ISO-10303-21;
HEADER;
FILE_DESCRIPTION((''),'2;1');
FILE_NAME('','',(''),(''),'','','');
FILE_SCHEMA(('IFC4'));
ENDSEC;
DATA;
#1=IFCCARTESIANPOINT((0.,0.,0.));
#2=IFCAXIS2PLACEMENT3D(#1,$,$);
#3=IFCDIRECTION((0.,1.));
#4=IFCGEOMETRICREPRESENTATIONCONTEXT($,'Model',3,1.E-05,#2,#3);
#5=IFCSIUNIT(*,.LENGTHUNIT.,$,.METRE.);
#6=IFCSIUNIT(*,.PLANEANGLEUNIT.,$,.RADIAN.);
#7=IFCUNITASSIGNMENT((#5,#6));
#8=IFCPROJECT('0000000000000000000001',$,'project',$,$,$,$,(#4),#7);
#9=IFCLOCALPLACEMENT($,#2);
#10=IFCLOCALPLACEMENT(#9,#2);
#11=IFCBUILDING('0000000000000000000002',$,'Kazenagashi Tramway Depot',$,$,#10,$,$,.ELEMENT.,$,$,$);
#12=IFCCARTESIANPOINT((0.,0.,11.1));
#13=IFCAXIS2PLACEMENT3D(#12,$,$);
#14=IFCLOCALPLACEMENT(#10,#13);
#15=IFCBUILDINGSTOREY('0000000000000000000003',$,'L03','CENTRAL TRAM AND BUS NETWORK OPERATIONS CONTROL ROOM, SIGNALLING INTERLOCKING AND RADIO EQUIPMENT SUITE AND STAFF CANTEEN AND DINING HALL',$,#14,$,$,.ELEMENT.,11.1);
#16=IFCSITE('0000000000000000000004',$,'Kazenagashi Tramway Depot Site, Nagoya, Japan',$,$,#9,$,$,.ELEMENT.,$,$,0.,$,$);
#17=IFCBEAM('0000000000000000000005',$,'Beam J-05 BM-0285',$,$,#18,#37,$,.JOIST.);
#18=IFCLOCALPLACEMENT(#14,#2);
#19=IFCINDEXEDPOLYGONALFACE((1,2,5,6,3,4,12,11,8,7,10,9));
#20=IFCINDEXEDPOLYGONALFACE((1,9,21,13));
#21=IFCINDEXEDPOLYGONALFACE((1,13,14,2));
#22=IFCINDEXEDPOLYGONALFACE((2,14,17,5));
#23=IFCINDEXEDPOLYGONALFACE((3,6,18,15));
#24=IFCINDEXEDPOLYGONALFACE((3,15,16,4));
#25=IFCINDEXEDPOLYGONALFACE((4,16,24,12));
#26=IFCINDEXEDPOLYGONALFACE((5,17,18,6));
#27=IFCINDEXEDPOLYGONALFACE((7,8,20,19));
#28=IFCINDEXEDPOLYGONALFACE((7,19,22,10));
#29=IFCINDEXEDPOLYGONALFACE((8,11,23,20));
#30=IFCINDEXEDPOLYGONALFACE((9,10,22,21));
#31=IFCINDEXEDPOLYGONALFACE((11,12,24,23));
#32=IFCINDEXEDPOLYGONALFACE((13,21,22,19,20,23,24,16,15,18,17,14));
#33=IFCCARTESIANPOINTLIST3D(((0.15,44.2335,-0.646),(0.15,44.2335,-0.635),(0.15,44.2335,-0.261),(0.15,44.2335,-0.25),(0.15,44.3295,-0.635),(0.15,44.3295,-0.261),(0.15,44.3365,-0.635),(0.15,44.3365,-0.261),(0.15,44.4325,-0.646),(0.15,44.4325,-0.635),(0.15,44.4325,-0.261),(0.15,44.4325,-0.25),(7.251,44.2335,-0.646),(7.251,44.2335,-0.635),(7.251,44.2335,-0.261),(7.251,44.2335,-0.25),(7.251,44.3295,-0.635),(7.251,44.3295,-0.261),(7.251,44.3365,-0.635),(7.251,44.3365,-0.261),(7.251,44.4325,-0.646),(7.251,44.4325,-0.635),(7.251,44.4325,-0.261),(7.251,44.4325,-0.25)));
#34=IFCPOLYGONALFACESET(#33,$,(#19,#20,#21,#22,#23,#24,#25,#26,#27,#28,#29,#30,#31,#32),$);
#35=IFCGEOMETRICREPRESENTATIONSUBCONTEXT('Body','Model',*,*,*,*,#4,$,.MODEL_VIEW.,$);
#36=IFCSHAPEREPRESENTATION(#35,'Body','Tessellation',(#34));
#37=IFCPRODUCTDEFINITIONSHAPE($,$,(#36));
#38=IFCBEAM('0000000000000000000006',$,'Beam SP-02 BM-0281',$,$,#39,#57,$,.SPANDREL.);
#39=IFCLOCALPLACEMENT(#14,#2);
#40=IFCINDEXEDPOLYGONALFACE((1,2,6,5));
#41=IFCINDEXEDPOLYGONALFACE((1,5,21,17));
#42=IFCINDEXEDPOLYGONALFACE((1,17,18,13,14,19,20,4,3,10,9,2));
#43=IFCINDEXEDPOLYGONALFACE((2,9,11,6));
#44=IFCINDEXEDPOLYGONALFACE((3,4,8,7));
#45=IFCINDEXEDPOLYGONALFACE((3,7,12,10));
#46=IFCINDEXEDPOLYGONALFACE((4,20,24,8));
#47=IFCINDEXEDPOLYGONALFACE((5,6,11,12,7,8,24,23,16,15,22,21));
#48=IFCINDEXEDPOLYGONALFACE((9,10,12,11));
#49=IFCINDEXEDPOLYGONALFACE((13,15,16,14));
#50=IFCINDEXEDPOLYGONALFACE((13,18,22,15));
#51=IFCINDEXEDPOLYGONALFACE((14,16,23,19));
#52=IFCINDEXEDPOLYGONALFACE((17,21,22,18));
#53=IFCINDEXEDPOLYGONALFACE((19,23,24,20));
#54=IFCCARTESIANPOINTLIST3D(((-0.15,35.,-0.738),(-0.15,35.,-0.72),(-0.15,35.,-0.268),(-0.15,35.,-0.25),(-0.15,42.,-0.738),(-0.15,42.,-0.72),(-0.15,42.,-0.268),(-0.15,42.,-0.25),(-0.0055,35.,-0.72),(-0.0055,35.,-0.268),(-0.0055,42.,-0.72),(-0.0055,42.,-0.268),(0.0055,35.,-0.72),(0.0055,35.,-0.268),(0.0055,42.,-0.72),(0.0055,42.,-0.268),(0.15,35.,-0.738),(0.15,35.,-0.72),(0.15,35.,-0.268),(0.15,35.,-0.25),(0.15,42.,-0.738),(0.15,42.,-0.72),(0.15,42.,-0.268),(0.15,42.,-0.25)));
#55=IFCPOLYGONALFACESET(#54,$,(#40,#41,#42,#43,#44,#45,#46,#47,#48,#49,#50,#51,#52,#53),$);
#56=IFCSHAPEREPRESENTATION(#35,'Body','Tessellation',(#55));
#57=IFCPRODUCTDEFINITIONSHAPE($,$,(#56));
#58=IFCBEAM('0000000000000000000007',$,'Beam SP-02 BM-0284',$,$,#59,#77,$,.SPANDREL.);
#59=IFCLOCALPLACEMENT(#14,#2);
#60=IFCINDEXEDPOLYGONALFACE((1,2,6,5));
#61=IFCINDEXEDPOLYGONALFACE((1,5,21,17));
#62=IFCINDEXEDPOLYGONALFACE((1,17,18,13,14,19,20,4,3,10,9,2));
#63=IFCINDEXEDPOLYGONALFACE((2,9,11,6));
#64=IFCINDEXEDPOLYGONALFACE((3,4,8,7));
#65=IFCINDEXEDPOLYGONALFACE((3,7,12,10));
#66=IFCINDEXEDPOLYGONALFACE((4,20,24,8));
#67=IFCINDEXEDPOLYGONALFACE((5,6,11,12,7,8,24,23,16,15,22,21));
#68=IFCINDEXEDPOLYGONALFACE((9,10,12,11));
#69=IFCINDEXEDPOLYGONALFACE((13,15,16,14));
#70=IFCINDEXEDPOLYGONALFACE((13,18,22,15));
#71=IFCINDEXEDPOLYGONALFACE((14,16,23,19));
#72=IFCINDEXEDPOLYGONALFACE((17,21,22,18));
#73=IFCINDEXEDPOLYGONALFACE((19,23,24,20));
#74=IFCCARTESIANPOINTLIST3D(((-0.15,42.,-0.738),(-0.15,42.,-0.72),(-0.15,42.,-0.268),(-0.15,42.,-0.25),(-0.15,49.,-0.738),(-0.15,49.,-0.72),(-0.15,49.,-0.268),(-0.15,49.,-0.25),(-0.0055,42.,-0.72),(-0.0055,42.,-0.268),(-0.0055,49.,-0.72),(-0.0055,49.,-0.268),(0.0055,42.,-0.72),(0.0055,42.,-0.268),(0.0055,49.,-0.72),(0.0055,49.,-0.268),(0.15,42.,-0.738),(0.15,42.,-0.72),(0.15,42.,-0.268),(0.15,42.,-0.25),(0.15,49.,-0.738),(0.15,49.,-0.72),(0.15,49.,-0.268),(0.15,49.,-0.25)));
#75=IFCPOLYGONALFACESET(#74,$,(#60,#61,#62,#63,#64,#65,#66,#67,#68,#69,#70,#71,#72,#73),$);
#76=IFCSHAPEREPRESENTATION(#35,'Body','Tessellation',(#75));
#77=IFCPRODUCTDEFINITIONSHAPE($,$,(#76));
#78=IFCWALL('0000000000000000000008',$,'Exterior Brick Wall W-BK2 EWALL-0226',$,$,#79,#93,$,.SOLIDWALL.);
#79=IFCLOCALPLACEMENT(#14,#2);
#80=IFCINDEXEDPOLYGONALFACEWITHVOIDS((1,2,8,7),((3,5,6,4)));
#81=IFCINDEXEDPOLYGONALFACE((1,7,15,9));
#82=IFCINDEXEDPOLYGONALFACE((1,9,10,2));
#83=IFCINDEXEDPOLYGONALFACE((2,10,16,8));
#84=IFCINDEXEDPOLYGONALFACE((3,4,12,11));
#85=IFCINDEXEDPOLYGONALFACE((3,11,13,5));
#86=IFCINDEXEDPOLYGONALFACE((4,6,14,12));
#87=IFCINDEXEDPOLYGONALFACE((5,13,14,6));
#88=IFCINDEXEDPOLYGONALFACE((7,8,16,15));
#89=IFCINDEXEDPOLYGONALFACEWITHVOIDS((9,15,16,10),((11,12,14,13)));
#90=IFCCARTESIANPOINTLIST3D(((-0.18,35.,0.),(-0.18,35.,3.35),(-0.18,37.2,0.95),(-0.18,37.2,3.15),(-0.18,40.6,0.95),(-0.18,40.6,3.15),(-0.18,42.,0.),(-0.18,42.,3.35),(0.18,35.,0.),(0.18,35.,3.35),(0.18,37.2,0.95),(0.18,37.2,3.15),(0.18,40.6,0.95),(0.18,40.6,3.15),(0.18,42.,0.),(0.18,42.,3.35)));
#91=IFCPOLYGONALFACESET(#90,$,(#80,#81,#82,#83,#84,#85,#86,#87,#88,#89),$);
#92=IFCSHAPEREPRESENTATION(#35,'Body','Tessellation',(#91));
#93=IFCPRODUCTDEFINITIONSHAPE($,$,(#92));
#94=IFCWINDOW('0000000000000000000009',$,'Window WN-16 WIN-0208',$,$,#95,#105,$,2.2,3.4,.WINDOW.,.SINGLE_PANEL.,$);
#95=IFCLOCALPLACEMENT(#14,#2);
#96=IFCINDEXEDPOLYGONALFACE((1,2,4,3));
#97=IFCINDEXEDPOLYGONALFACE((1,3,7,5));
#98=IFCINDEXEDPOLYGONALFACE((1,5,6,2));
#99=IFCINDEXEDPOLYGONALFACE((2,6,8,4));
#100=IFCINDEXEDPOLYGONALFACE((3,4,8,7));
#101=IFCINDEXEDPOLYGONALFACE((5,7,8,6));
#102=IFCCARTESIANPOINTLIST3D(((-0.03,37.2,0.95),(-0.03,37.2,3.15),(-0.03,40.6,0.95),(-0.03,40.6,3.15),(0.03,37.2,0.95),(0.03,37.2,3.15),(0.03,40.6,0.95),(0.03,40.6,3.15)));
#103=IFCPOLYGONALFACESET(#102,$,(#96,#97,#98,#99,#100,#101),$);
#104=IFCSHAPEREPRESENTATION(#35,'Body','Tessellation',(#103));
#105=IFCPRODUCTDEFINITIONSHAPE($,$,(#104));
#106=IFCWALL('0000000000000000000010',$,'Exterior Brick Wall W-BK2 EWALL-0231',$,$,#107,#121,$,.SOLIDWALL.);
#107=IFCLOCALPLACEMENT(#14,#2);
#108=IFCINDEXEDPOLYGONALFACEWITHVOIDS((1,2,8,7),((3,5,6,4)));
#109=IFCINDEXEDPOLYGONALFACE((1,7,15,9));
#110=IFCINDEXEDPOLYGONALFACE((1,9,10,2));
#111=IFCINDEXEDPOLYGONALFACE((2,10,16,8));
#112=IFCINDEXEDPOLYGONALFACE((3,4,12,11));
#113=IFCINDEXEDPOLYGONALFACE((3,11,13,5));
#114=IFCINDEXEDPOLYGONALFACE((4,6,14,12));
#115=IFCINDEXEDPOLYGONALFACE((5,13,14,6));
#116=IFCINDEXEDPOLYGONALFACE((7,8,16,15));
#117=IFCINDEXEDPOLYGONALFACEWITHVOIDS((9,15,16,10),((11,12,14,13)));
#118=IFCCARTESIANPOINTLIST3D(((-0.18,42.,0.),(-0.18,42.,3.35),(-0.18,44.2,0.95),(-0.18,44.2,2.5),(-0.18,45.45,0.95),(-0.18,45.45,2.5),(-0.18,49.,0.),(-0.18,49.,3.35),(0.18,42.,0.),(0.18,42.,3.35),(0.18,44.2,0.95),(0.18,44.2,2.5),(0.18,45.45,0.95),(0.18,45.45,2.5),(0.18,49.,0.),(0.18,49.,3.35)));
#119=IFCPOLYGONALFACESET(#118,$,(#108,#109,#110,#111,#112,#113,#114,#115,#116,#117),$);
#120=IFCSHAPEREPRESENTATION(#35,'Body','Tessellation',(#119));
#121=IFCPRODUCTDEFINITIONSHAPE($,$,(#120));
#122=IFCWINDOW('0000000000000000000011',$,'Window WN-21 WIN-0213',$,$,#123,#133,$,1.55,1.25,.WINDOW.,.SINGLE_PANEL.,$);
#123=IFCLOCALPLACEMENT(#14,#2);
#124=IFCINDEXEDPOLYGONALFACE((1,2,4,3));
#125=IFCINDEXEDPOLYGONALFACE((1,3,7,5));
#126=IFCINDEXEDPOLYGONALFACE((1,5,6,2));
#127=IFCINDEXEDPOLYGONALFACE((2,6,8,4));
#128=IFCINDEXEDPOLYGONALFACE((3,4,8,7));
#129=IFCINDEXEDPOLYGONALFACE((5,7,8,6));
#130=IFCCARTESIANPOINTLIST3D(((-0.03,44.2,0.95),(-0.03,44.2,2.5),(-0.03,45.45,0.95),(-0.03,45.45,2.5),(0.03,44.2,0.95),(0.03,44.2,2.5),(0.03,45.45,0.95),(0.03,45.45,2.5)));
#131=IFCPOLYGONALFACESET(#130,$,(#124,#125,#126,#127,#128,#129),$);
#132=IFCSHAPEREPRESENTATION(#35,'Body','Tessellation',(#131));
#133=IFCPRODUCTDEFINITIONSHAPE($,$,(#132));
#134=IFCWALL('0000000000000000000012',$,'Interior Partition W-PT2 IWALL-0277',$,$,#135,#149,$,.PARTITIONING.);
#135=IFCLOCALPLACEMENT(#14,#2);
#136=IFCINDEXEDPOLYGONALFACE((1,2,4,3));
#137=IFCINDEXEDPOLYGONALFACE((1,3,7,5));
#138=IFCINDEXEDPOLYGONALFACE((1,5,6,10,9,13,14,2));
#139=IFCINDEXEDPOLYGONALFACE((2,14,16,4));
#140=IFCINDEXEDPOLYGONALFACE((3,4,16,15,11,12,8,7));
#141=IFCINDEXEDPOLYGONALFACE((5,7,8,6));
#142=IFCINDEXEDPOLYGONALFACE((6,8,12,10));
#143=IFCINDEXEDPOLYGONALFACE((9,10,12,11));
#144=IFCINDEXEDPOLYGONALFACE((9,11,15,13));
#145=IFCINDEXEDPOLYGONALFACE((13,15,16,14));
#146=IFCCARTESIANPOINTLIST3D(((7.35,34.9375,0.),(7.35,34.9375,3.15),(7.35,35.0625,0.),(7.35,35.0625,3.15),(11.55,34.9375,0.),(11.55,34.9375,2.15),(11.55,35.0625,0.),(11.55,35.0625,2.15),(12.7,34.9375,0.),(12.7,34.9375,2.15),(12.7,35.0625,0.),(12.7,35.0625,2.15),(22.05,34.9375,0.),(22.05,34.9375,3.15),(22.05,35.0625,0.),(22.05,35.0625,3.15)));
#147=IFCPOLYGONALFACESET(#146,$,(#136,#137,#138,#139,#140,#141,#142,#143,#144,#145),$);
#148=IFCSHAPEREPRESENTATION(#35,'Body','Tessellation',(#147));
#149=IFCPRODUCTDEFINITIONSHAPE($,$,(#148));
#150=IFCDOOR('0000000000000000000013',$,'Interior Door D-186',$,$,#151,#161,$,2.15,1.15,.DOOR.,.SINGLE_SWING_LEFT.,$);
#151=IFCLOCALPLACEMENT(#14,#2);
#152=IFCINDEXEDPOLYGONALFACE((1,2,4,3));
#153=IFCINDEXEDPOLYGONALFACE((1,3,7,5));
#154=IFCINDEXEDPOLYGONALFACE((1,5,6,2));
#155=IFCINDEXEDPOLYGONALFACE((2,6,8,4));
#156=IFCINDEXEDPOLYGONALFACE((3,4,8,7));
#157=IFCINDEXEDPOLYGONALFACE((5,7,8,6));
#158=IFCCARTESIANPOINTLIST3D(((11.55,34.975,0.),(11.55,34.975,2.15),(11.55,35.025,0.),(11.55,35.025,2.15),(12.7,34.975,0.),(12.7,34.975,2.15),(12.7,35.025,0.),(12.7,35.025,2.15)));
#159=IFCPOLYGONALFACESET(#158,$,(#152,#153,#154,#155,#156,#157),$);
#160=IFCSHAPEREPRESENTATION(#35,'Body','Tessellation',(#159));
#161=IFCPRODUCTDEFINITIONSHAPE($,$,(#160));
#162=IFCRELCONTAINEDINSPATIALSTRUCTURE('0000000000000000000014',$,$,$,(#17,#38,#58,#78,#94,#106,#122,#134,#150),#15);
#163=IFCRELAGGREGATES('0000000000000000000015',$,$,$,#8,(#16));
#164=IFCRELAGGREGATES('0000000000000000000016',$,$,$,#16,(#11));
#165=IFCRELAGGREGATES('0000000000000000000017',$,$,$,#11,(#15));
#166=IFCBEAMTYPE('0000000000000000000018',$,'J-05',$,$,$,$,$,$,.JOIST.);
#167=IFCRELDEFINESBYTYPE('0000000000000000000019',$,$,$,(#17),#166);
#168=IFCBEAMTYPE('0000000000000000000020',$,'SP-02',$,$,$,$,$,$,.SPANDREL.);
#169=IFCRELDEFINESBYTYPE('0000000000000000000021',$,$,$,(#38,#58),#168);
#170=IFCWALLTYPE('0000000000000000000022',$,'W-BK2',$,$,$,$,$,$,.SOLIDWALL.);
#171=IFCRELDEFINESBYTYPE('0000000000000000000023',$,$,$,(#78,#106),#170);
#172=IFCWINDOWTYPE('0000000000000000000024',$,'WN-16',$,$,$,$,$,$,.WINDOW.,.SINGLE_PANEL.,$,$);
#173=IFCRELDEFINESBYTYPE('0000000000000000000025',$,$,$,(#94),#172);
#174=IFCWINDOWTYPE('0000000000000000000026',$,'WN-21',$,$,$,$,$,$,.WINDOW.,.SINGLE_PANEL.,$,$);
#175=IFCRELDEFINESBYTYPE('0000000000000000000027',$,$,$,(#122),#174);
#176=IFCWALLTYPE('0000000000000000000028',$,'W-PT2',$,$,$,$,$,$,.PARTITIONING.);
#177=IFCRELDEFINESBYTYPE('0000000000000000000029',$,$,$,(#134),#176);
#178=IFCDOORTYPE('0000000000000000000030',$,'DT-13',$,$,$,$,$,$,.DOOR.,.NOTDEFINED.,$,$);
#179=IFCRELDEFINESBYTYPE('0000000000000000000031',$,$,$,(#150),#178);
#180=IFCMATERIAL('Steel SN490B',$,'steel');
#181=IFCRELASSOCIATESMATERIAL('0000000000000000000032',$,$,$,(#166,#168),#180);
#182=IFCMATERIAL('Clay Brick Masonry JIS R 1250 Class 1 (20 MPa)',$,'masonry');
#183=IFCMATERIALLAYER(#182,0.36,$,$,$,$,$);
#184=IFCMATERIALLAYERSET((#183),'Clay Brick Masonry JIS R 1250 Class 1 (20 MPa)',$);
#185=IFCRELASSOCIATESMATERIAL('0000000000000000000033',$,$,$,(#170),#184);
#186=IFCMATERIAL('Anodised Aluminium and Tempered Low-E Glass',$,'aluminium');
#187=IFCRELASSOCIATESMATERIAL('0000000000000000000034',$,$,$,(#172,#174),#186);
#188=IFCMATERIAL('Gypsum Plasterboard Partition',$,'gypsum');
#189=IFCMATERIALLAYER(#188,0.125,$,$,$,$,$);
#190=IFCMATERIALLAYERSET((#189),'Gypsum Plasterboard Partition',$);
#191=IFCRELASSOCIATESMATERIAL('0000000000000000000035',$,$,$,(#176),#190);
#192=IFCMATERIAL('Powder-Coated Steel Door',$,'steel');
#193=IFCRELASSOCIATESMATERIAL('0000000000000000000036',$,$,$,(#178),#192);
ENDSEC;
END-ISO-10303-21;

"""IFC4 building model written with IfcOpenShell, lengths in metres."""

from ifc_helpers import new_model, si_unit, direction, frame, frame_2d, origin, origin_2d, place, context, subcontext, project, spatial, rectangle, i_section, extrude, material, layer, layer_set, material_profile, profile_set, type_object, element, fill, save


model = new_model("IFC4")

# Units and contexts
model_context = context("Model", 3, precision=1e-05, world=origin(), true_north=direction((0.0, 1.0)))
body_context = subcontext(model_context, "Body", "Model", "MODEL_VIEW")
ifc_project = project(units=[si_unit("LENGTHUNIT", "METRE"), si_unit("PLANEANGLEUNIT", "RADIAN")], contexts=[model_context])

# Site, building, storey
site_placement = place(None, origin())
site = spatial("IfcSite", under=ifc_project, at=site_placement, Name="Kazenagashi Tramway Depot Site, Nagoya, Japan", CompositionType="ELEMENT", RefElevation=0.0)
building_placement = place(site_placement, origin())
building = spatial("IfcBuilding", under=site, at=building_placement, Name="Kazenagashi Tramway Depot", CompositionType="ELEMENT")
storey_placement = place(building_placement, frame((0.0, 0.0, 11.1)))
storey = spatial("IfcBuildingStorey", under=building, at=storey_placement, Name="L03", Description="CENTRAL TRAM AND BUS NETWORK OPERATIONS CONTROL ROOM, SIGNALLING INTERLOCKING AND RADIO EQUIPMENT SUITE AND STAFF CANTEEN AND DINING HALL", CompositionType="ELEMENT", Elevation=11.1)

# Shared definitions
ifc_material_1 = material(Name="Steel SN490B", Category="steel")

# Beams
ifc_material_profile_1 = material_profile(ifc_material_1, i_section(OverallWidth=0.199, OverallDepth=0.396, WebThickness=0.007, FlangeThickness=0.011, at=origin_2d()), Name="H-396x199x7x11")
ifc_profile_set_1 = profile_set([ifc_material_profile_1], Name="Steel SN490B")
beam_type_1 = type_object("IfcBeamType", Name="J-05", PredefinedType="JOIST", material=ifc_profile_set_1)
for number, where, z_axis, x_axis, name in (
    (1, (0.15, 44.333, -0.448), (1.0, 0.0, 0.0), (0.0, 1.0, 0.0), "Beam J-05 BM-0285"),
):
    element("IfcBeam", number, at=place(storey_placement, frame(where, z_axis=z_axis, x_axis=x_axis)), inside=storey, type_object=beam_type_1, Name=name, PredefinedType="JOIST", context=body_context, shape_type="SweptSolid", body=[
        extrude(i_section(OverallWidth=0.199, OverallDepth=0.396, WebThickness=0.007, FlangeThickness=0.011, at=origin_2d()), origin(), (0.0, 0.0, 1.0), 7.101),
    ])
ifc_material_profile_2 = material_profile(ifc_material_1, i_section(OverallWidth=0.3, OverallDepth=0.488, WebThickness=0.011, FlangeThickness=0.018, at=origin_2d()), Name="H-488x300x11x18")
ifc_profile_set_2 = profile_set([ifc_material_profile_2], Name="Steel SN490B")
beam_type_2 = type_object("IfcBeamType", Name="SP-02", PredefinedType="SPANDREL", material=ifc_profile_set_2)
for number, where, z_axis, x_axis, name in (
    (2, (0.0, 35.0, -0.494), (0.0, 1.0, 0.0), (-1.0, 0.0, 0.0), "Beam SP-02 BM-0281"),
    (3, (0.0, 42.0, -0.494), (0.0, 1.0, 0.0), (-1.0, 0.0, 0.0), "Beam SP-02 BM-0284"),
):
    element("IfcBeam", number, at=place(storey_placement, frame(where, z_axis=z_axis, x_axis=x_axis)), inside=storey, type_object=beam_type_2, Name=name, PredefinedType="SPANDREL", context=body_context, shape_type="SweptSolid", body=[
        extrude(i_section(OverallWidth=0.3, OverallDepth=0.488, WebThickness=0.011, FlangeThickness=0.018, at=origin_2d()), origin(), (0.0, 0.0, 1.0), 7.0),
    ])

# Walls, openings, windows
ifc_material_2 = material(Name="Clay Brick Masonry JIS R 1250 Class 1 (20 MPa)", Category="masonry")
ifc_layer_1 = layer(ifc_material_2, 0.36)
ifc_layer_set_1 = layer_set([ifc_layer_1], Name="Clay Brick Masonry JIS R 1250 Class 1 (20 MPa)")
wall_type_1 = type_object("IfcWallType", Name="W-BK2", PredefinedType="SOLIDWALL", material=ifc_layer_set_1)
wall_1_placement = place(storey_placement, frame((0.0, 35.0, 0.0), z_axis=(0.0, 0.0, 1.0), x_axis=(0.0, 1.0, 0.0)))
wall_1 = element("IfcWall", 4, at=wall_1_placement, inside=storey, type_object=wall_type_1, Name="Exterior Brick Wall W-BK2 EWALL-0226", PredefinedType="SOLIDWALL", context=body_context, shape_type="SweptSolid", body=[
    extrude(rectangle(XDim=7.0, YDim=0.36, at=frame_2d((3.5, 0.0))), origin(), (0.0, 0.0, 1.0), 3.35),
])
opening_1_placement = place(wall_1_placement, frame((2.2, 0.0, 0.95)))
opening_1 = element("IfcOpeningElement", 5, at=opening_1_placement, cuts=wall_1, PredefinedType="OPENING", context=body_context, shape_type="SweptSolid", body=[
    extrude(rectangle(XDim=3.4, YDim=2.2, at=frame_2d((1.7, 1.1))), frame((0.0, 0.19, 0.0), z_axis=(0.0, -1.0, 0.0), x_axis=(1.0, 0.0, 0.0)), (0.0, 0.0, 1.0), 0.38),
])
ifc_material_3 = material(Name="Anodised Aluminium and Tempered Low-E Glass", Category="aluminium")
window_type_1 = type_object("IfcWindowType", Name="WN-16", PartitioningType="SINGLE_PANEL", PredefinedType="WINDOW", material=ifc_material_3)
window_1_placement = place(opening_1_placement, origin())
window_1 = element("IfcWindow", 6, at=window_1_placement, inside=storey, type_object=window_type_1, Name="Window WN-16 WIN-0208", OverallHeight=2.2, OverallWidth=3.4, PartitioningType="SINGLE_PANEL", PredefinedType="WINDOW", context=body_context, shape_type="SweptSolid", body=[
    extrude(rectangle(XDim=3.4, YDim=2.2, at=frame_2d((1.7, 1.1))), frame((0.0, 0.03, 0.0), z_axis=(0.0, -1.0, 0.0), x_axis=(1.0, 0.0, 0.0)), (0.0, 0.0, 1.0), 0.06),
])
fill(opening_1, window_1)
wall_2_placement = place(storey_placement, frame((0.0, 42.0, 0.0), z_axis=(0.0, 0.0, 1.0), x_axis=(0.0, 1.0, 0.0)))
wall_2 = element("IfcWall", 7, at=wall_2_placement, inside=storey, type_object=wall_type_1, Name="Exterior Brick Wall W-BK2 EWALL-0231", PredefinedType="SOLIDWALL", context=body_context, shape_type="SweptSolid", body=[
    extrude(rectangle(XDim=7.0, YDim=0.36, at=frame_2d((3.5, 0.0))), origin(), (0.0, 0.0, 1.0), 3.35),
])
opening_2_placement = place(wall_2_placement, frame((2.2, 0.0, 0.95)))
opening_2 = element("IfcOpeningElement", 8, at=opening_2_placement, cuts=wall_2, PredefinedType="OPENING", context=body_context, shape_type="SweptSolid", body=[
    extrude(rectangle(XDim=1.25, YDim=1.55, at=frame_2d((0.625, 0.775))), frame((0.0, 0.19, 0.0), z_axis=(0.0, -1.0, 0.0), x_axis=(1.0, 0.0, 0.0)), (0.0, 0.0, 1.0), 0.38),
])
window_type_2 = type_object("IfcWindowType", Name="WN-21", PartitioningType="SINGLE_PANEL", PredefinedType="WINDOW", material=ifc_material_3)
window_2_placement = place(opening_2_placement, origin())
window_2 = element("IfcWindow", 9, at=window_2_placement, inside=storey, type_object=window_type_2, Name="Window WN-21 WIN-0213", OverallHeight=1.55, OverallWidth=1.25, PartitioningType="SINGLE_PANEL", PredefinedType="WINDOW", context=body_context, shape_type="SweptSolid", body=[
    extrude(rectangle(XDim=1.25, YDim=1.55, at=frame_2d((0.625, 0.775))), frame((0.0, 0.03, 0.0), z_axis=(0.0, -1.0, 0.0), x_axis=(1.0, 0.0, 0.0)), (0.0, 0.0, 1.0), 0.06),
])
fill(opening_2, window_2)

# Wall, opening, door
ifc_material_4 = material(Name="Gypsum Plasterboard Partition", Category="gypsum")
ifc_layer_2 = layer(ifc_material_4, 0.125)
ifc_layer_set_2 = layer_set([ifc_layer_2], Name="Gypsum Plasterboard Partition")
wall_type_2 = type_object("IfcWallType", Name="W-PT2", PredefinedType="PARTITIONING", material=ifc_layer_set_2)
wall_3_placement = place(storey_placement, frame((7.35, 35.0, 0.0), z_axis=(0.0, 0.0, 1.0), x_axis=(1.0, 0.0, 0.0)))
wall_3 = element("IfcWall", 10, at=wall_3_placement, inside=storey, type_object=wall_type_2, Name="Interior Partition W-PT2 IWALL-0277", PredefinedType="PARTITIONING", context=body_context, shape_type="SweptSolid", body=[
    extrude(rectangle(XDim=14.7, YDim=0.125, at=frame_2d((7.35, 0.0))), origin(), (0.0, 0.0, 1.0), 3.15),
])
opening_3_placement = place(wall_3_placement, frame((4.2, 0.0, 0.0)))
opening_3 = element("IfcOpeningElement", 11, at=opening_3_placement, cuts=wall_3, PredefinedType="OPENING", context=body_context, shape_type="SweptSolid", body=[
    extrude(rectangle(XDim=1.15, YDim=2.15, at=frame_2d((0.575, 1.075))), frame((0.0, 0.0725, 0.0), z_axis=(0.0, -1.0, 0.0), x_axis=(1.0, 0.0, 0.0)), (0.0, 0.0, 1.0), 0.145),
])
ifc_material_5 = material(Name="Powder-Coated Steel Door", Category="steel")
door_type_1 = type_object("IfcDoorType", Name="DT-13", OperationType="NOTDEFINED", PredefinedType="DOOR", material=ifc_material_5)
door_1_placement = place(opening_3_placement, origin())
door_1 = element("IfcDoor", 12, at=door_1_placement, inside=storey, type_object=door_type_1, Name="Interior Door D-186", OperationType="SINGLE_SWING_LEFT", OverallHeight=2.15, OverallWidth=1.15, PredefinedType="DOOR", context=body_context, shape_type="SweptSolid", body=[
    extrude(rectangle(XDim=1.15, YDim=2.15, at=frame_2d((0.575, 1.075))), frame((0.0, 0.025, 0.0), z_axis=(0.0, -1.0, 0.0), x_axis=(1.0, 0.0, 0.0)), (0.0, 0.0, 1.0), 0.05),
])
fill(opening_3, door_1)

save(model, "model.ifc")
